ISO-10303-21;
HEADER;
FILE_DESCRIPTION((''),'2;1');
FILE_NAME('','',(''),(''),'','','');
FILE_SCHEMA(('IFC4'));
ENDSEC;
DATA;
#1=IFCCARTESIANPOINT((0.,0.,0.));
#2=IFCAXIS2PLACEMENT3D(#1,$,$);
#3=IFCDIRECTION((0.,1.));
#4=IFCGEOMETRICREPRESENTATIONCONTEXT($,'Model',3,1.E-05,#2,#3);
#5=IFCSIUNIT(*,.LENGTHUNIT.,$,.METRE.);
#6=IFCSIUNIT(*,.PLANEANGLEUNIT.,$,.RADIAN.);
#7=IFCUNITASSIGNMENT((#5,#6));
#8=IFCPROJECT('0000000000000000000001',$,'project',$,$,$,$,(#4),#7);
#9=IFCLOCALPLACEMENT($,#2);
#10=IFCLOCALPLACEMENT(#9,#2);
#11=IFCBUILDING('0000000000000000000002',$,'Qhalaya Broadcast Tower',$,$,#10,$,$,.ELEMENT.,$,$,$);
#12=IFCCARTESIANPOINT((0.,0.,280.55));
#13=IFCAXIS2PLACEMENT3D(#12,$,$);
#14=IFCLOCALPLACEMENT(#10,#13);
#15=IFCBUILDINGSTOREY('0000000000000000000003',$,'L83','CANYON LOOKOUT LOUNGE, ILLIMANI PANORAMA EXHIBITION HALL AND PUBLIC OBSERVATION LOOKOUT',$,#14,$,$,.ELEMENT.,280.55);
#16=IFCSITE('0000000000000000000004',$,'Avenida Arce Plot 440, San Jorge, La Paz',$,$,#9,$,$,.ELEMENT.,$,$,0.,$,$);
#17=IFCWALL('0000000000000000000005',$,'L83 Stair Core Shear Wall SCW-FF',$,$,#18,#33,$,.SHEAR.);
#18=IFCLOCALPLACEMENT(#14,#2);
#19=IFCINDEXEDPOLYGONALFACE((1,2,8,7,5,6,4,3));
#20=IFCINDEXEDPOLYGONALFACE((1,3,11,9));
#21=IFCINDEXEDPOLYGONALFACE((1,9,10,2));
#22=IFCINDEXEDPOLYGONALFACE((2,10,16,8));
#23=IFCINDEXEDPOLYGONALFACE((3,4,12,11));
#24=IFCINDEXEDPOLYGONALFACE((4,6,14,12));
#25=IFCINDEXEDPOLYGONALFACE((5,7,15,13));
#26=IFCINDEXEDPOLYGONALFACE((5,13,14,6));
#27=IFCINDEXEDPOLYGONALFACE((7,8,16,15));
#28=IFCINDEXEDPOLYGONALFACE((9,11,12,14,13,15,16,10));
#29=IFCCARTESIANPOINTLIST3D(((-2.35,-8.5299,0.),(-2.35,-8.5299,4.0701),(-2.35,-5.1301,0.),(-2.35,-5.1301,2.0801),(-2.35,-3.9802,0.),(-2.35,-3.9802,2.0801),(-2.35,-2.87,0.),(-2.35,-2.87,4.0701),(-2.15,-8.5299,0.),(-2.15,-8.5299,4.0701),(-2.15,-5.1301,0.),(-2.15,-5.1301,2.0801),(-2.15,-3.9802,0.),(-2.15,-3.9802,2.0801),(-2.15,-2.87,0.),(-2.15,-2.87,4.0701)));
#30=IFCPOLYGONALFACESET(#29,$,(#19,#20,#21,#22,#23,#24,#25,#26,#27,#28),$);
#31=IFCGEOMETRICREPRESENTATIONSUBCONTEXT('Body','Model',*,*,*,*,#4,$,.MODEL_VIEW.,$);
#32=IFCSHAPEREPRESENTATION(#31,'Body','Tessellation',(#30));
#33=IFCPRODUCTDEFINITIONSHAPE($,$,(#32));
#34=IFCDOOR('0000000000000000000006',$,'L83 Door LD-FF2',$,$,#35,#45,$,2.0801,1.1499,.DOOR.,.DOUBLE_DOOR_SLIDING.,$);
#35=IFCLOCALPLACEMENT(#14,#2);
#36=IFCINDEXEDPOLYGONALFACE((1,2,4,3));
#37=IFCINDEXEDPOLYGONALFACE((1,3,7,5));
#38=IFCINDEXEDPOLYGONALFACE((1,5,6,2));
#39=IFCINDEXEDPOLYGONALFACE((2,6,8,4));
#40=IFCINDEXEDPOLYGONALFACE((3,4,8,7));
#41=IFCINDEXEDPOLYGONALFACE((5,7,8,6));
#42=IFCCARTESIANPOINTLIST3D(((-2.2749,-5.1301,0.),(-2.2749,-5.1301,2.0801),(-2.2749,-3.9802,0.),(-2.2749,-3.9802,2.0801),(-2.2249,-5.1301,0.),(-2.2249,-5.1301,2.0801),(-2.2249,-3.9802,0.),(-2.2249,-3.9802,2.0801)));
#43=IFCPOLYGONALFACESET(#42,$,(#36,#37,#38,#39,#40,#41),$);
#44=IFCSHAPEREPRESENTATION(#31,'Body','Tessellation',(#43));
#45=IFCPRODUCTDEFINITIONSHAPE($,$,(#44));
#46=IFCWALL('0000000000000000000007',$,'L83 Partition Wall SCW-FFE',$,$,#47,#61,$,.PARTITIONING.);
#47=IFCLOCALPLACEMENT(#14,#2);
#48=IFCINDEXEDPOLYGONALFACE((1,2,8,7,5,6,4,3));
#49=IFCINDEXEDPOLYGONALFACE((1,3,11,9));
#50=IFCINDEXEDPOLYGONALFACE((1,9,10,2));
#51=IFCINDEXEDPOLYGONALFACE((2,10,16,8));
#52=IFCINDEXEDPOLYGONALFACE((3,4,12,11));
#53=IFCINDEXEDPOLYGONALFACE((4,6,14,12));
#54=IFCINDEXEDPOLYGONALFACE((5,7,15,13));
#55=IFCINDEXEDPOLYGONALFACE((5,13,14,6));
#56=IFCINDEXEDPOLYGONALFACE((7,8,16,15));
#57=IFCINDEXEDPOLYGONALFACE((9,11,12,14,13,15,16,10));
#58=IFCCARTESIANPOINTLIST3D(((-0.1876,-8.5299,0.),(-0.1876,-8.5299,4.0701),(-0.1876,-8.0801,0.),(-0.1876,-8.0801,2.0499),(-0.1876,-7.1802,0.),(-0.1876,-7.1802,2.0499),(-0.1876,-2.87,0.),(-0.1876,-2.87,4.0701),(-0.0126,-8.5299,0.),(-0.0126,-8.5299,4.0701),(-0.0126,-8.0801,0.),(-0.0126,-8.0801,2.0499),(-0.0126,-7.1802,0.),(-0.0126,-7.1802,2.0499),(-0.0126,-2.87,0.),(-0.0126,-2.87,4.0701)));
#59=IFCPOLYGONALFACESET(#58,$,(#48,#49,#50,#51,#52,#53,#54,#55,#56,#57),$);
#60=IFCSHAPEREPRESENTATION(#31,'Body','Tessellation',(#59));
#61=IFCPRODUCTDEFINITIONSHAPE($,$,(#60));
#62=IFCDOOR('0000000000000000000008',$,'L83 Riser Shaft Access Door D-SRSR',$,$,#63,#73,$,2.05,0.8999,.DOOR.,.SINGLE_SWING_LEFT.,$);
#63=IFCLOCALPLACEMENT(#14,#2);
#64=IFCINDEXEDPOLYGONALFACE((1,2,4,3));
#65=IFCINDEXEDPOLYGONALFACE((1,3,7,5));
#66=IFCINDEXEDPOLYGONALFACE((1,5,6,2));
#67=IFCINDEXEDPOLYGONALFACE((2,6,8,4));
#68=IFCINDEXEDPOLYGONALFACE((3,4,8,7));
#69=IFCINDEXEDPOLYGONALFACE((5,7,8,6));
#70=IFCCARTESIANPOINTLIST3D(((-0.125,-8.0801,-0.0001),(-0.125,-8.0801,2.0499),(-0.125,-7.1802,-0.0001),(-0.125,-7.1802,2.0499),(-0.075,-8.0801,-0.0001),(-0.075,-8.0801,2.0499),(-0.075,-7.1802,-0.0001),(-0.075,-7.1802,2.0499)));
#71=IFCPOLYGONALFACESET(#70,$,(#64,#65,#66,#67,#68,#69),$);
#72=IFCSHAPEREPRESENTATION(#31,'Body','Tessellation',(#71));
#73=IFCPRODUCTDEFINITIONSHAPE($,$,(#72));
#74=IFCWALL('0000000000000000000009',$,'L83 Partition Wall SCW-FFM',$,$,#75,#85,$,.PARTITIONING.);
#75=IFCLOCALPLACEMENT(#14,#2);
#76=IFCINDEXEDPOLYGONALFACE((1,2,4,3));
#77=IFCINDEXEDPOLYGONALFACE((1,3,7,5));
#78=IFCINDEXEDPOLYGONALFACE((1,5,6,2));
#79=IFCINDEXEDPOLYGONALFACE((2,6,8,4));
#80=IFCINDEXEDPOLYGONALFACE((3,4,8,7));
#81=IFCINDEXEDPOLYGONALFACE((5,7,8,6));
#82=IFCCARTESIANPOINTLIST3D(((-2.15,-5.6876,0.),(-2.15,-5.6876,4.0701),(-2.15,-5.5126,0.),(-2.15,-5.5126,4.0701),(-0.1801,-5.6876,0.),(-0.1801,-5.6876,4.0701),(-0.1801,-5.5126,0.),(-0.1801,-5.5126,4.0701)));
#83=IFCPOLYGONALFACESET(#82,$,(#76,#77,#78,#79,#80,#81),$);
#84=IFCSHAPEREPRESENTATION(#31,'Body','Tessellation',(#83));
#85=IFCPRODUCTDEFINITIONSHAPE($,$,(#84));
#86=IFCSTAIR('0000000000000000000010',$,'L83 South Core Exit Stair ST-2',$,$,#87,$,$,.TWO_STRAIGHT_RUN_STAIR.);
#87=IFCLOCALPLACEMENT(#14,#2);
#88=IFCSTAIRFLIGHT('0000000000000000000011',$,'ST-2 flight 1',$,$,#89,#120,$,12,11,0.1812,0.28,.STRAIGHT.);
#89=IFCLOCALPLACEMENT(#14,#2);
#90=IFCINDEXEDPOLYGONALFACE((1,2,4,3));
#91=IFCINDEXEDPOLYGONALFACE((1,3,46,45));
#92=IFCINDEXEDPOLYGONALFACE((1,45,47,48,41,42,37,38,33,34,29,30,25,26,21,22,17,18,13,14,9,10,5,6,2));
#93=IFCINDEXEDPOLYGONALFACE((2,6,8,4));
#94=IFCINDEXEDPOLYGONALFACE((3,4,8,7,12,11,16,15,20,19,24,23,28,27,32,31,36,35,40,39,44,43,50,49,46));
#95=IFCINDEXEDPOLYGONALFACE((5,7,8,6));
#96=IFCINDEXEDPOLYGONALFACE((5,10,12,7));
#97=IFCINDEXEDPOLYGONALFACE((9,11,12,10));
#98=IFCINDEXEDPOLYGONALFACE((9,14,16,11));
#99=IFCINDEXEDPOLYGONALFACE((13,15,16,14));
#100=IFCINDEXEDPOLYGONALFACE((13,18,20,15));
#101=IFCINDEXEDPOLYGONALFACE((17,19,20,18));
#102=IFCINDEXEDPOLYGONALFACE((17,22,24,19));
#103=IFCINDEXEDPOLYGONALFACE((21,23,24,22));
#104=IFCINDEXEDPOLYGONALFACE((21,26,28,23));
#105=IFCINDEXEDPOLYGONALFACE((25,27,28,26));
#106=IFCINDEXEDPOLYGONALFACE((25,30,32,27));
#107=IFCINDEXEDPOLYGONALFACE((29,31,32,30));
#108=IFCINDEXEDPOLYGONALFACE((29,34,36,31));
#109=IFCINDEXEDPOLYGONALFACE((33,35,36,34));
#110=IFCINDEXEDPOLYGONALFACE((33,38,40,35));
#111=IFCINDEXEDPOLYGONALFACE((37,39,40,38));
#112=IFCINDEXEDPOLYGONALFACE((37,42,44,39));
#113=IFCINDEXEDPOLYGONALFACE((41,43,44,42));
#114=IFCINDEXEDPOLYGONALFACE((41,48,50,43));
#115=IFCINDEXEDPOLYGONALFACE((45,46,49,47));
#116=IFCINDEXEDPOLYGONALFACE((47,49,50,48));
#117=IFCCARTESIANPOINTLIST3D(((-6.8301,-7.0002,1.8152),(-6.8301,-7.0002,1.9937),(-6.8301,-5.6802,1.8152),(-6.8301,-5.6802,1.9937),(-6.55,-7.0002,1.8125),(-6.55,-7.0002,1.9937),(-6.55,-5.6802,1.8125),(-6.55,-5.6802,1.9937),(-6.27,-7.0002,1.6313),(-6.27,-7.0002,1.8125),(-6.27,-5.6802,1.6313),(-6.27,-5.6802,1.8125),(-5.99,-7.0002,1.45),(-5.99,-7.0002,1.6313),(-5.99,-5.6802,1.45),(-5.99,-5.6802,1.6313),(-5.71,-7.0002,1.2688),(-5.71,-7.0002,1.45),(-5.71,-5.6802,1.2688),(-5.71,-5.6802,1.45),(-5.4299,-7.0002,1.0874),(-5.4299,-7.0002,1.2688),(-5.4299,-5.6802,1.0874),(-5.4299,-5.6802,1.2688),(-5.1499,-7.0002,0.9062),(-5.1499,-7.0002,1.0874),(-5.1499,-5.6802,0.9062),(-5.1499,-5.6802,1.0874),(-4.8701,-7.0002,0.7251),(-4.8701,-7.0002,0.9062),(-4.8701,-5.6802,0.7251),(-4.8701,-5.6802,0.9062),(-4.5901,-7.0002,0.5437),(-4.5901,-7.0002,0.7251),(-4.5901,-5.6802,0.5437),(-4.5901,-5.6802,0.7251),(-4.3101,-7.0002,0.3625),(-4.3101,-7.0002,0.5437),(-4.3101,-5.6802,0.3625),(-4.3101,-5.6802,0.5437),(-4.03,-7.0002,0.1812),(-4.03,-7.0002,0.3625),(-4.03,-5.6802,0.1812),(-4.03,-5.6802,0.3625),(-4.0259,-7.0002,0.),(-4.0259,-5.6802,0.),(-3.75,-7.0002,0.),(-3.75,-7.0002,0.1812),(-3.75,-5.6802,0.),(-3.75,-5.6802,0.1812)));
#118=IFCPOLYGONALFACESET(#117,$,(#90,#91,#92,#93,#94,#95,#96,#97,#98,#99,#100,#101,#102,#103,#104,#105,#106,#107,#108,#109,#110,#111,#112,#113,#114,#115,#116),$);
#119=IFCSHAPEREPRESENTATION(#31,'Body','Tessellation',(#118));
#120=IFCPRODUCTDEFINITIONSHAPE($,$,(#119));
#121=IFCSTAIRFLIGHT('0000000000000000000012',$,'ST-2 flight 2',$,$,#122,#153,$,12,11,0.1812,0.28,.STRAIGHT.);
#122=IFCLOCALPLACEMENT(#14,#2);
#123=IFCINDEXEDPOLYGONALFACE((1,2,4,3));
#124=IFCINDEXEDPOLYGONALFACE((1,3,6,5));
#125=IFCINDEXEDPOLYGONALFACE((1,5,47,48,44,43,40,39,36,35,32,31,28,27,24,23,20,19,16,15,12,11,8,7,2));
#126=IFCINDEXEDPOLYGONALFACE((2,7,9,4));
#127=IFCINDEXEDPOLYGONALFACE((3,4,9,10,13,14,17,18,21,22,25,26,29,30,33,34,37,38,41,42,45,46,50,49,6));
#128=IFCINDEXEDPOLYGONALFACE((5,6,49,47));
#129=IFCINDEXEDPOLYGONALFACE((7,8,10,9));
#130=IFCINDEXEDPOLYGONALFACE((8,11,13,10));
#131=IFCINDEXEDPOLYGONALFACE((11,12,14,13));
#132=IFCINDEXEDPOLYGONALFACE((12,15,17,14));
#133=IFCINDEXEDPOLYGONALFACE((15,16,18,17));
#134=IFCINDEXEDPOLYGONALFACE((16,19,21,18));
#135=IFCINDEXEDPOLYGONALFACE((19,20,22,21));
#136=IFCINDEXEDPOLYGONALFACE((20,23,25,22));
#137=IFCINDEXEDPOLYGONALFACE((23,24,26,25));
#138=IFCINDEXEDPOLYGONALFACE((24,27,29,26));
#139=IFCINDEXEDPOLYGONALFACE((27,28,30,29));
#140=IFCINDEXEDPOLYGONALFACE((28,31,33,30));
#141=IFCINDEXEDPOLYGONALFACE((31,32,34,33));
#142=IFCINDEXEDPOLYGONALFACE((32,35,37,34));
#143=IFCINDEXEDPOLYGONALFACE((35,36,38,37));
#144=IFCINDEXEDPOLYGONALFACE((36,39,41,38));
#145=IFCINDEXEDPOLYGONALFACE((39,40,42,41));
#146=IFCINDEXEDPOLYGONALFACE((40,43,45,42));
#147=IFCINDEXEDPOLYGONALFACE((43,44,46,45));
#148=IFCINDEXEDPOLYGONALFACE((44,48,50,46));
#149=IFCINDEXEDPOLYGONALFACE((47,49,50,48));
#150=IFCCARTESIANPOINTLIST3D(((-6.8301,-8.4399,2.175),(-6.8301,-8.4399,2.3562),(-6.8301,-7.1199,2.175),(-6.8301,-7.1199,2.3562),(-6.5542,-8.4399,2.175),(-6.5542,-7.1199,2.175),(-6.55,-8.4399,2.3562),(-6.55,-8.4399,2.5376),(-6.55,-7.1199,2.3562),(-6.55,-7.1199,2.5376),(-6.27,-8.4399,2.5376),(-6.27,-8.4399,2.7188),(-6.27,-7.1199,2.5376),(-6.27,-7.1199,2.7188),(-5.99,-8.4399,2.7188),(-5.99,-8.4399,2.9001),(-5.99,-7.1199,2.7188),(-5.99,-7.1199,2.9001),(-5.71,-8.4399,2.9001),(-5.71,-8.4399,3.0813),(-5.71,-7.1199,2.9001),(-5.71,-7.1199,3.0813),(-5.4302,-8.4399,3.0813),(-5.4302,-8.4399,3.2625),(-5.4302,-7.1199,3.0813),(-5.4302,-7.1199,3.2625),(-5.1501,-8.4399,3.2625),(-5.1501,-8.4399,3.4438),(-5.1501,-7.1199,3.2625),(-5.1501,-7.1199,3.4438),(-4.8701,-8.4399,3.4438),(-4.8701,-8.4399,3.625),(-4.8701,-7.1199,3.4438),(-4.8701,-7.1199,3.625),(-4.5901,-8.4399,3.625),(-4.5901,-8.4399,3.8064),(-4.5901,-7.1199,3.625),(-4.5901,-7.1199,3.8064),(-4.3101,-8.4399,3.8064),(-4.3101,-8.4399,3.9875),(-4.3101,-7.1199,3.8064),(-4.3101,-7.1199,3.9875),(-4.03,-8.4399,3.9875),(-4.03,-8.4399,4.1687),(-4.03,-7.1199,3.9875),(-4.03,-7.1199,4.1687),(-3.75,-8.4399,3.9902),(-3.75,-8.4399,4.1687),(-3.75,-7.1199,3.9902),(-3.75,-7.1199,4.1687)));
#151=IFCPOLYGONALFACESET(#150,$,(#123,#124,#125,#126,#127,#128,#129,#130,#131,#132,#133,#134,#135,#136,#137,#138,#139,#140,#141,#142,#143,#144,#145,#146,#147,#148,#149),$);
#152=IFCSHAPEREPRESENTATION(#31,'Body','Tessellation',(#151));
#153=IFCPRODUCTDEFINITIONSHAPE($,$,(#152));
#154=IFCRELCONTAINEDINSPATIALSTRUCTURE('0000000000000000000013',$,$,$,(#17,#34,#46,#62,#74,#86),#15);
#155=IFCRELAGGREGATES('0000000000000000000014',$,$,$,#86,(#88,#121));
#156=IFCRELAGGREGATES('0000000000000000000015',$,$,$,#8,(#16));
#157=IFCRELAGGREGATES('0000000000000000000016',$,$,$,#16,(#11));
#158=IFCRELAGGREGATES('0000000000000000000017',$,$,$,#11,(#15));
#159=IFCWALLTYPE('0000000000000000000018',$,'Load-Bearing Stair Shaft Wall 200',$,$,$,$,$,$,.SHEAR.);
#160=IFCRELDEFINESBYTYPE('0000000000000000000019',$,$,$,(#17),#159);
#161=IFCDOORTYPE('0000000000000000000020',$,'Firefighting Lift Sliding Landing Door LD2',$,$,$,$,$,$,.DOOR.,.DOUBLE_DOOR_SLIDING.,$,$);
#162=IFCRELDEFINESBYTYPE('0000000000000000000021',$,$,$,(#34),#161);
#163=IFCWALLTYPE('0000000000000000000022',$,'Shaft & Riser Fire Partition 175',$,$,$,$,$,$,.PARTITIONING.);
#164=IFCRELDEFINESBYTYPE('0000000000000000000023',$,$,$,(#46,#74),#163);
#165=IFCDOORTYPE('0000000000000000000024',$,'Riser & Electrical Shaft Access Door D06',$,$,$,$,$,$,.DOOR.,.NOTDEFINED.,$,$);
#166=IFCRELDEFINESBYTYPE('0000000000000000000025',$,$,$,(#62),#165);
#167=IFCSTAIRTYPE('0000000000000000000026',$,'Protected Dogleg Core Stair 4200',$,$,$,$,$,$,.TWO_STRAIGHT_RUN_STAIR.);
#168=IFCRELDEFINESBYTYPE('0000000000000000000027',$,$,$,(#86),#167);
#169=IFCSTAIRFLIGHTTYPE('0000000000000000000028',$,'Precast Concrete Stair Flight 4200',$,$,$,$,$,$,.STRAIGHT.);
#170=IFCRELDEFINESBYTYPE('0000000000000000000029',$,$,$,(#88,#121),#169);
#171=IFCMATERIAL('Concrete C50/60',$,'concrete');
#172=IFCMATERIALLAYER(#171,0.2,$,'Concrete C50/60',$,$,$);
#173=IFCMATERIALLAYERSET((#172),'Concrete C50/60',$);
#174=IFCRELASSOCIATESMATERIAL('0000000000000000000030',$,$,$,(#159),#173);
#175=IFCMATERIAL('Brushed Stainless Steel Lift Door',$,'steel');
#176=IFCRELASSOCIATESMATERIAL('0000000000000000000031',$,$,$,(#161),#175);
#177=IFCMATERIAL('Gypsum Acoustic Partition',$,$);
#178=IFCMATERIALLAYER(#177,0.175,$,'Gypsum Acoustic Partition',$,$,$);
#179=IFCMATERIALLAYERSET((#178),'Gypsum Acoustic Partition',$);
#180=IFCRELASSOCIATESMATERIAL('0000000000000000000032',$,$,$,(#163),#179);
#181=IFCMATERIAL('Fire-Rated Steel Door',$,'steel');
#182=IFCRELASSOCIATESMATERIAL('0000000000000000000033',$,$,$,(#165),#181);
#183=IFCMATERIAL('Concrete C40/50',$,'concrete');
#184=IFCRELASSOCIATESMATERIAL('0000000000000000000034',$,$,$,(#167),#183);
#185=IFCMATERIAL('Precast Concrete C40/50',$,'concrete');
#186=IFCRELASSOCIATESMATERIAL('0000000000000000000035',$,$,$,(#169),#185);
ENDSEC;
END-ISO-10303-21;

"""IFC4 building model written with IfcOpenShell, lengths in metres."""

from ifc_helpers import new_model, si_unit, direction, frame, frame_2d, origin, place, context, subcontext, project, spatial, polyline, rectangle, outline, extrude, material, layer, layer_set, type_object, element, fill, aggregate, save


model = new_model("IFC4")

# Units and contexts
model_context = context("Model", 3, precision=1e-05, world=origin(), true_north=direction((0.0, 1.0)))
body_context = subcontext(model_context, "Body", "Model", "MODEL_VIEW")
ifc_project = project(units=[si_unit("LENGTHUNIT", "METRE"), si_unit("PLANEANGLEUNIT", "RADIAN")], contexts=[model_context])

# Site, building, storey
site_placement = place(None, origin())
site = spatial("IfcSite", under=ifc_project, at=site_placement, Name="Avenida Arce Plot 440, San Jorge, La Paz", CompositionType="ELEMENT", RefElevation=0.0)
building_placement = place(site_placement, origin())
building = spatial("IfcBuilding", under=site, at=building_placement, Name="Qhalaya Broadcast Tower", CompositionType="ELEMENT")
storey_placement = place(building_placement, frame((0.0, 0.0, 280.55)))
storey = spatial("IfcBuildingStorey", under=building, at=storey_placement, Name="L83", Description="CANYON LOOKOUT LOUNGE, ILLIMANI PANORAMA EXHIBITION HALL AND PUBLIC OBSERVATION LOOKOUT", CompositionType="ELEMENT", Elevation=280.55)

# Shared definitions
ifc_material_1 = material(Name="Concrete C50/60", Category="concrete")

# Walls, openings, doors
ifc_layer_1 = layer(ifc_material_1, 0.2, Name="Concrete C50/60")
ifc_layer_set_1 = layer_set([ifc_layer_1], Name="Concrete C50/60")
wall_type_1 = type_object("IfcWallType", Name="Load-Bearing Stair Shaft Wall 200", PredefinedType="SHEAR", material=ifc_layer_set_1)
ifc_material_2 = material(Name="Fire-Rated Steel Door", Category="steel")
wall_1_placement = place(storey_placement, frame((-2.25, -8.53, 0.0), z_axis=(0.0, 0.0, 1.0), x_axis=(0.0, 1.0, 0.0)))
wall_1 = element("IfcWall", 1, at=wall_1_placement, inside=storey, type_object=wall_type_1, Name="L83 Stair Core Shear Wall SCW-FF", PredefinedType="SHEAR", context=body_context, shape_type="SweptSolid", body=[
    extrude(rectangle(XDim=5.6599, YDim=0.2, at=frame_2d((2.8301, 0.0))), origin(), (0.0, 0.0, 1.0), 4.0701),
])
opening_1_placement = place(wall_1_placement, frame((3.3999, 0.0, 0.0)))
opening_1 = element("IfcOpeningElement", 2, at=opening_1_placement, cuts=wall_1, PredefinedType="OPENING", context=body_context, shape_type="SweptSolid", body=[
    extrude(rectangle(XDim=1.1499, YDim=2.0801, at=frame_2d((0.575, 1.04))), frame((0.0, 0.1121, 0.0), z_axis=(0.0, -1.0, 0.0), x_axis=(1.0, 0.0, 0.0)), (0.0, 0.0, 1.0), 0.2239),
])
ifc_material_3 = material(Name="Brushed Stainless Steel Lift Door", Category="steel")
door_type_1 = type_object("IfcDoorType", Name="Firefighting Lift Sliding Landing Door LD2", OperationType="DOUBLE_DOOR_SLIDING", PredefinedType="DOOR", material=ifc_material_3)
door_1_placement = place(opening_1_placement, origin())
door_1 = element("IfcDoor", 3, at=door_1_placement, inside=storey, type_object=door_type_1, Name="L83 Door LD-FF2", OperationType="DOUBLE_DOOR_SLIDING", OverallHeight=2.0801, OverallWidth=1.1499, PredefinedType="DOOR", context=body_context, shape_type="SweptSolid", body=[
    extrude(rectangle(XDim=1.1499, YDim=2.0801, at=frame_2d((0.575, 1.04))), frame((0.0, 0.0249, 0.0), z_axis=(0.0, -1.0, 0.0), x_axis=(1.0, 0.0, 0.0)), (0.0, 0.0, 1.0), 0.05),
])
fill(opening_1, door_1)
ifc_material_4 = material(Name="Gypsum Acoustic Partition")
ifc_layer_2 = layer(ifc_material_4, 0.175, Name="Gypsum Acoustic Partition")
ifc_layer_set_2 = layer_set([ifc_layer_2], Name="Gypsum Acoustic Partition")
wall_type_2 = type_object("IfcWallType", Name="Shaft & Riser Fire Partition 175", PredefinedType="PARTITIONING", material=ifc_layer_set_2)
wall_2_placement = place(storey_placement, frame((-0.1001, -8.53, 0.0), z_axis=(0.0, 0.0, 1.0), x_axis=(0.0, 1.0, 0.0)))
wall_2 = element("IfcWall", 4, at=wall_2_placement, inside=storey, type_object=wall_type_2, Name="L83 Partition Wall SCW-FFE", PredefinedType="PARTITIONING", context=body_context, shape_type="SweptSolid", body=[
    extrude(rectangle(XDim=5.6599, YDim=0.175, at=frame_2d((2.8301, 0.0))), origin(), (0.0, 0.0, 1.0), 4.0701),
])
opening_2_placement = place(wall_2_placement, frame((0.45, 0.0, 0.0)))
opening_2 = element("IfcOpeningElement", 5, at=opening_2_placement, cuts=wall_2, PredefinedType="OPENING", context=body_context, shape_type="SweptSolid", body=[
    extrude(rectangle(XDim=0.8999, YDim=2.05, at=frame_2d((0.45, 1.0249))), frame((0.0, 0.0996, 0.0), z_axis=(0.0, -1.0, 0.0), x_axis=(1.0, 0.0, 0.0)), (0.0, 0.0, 1.0), 0.199),
])
door_type_2 = type_object("IfcDoorType", Name="Riser & Electrical Shaft Access Door D06", OperationType="NOTDEFINED", PredefinedType="DOOR", material=ifc_material_2)
door_2_placement = place(opening_2_placement, origin())
door_2 = element("IfcDoor", 6, at=door_2_placement, inside=storey, type_object=door_type_2, Name="L83 Riser Shaft Access Door D-SRSR", OperationType="SINGLE_SWING_LEFT", OverallHeight=2.05, OverallWidth=0.8999, PredefinedType="DOOR", context=body_context, shape_type="SweptSolid", body=[
    extrude(rectangle(XDim=0.8999, YDim=2.05, at=frame_2d((0.45, 1.0249))), frame((0.0, 0.0249, 0.0), z_axis=(0.0, -1.0, 0.0), x_axis=(1.0, 0.0, 0.0)), (0.0, 0.0, 1.0), 0.05),
])
fill(opening_2, door_2)

# Wall
wall_3_placement = place(storey_placement, frame((-2.1499, -5.6001, 0.0), z_axis=(0.0, 0.0, 1.0), x_axis=(1.0, 0.0, 0.0)))
element("IfcWall", 7, at=wall_3_placement, inside=storey, type_object=wall_type_2, Name="L83 Partition Wall SCW-FFM", PredefinedType="PARTITIONING", context=body_context, shape_type="SweptSolid", body=[
    extrude(rectangle(XDim=1.97, YDim=0.175, at=frame_2d((0.9849, 0.0))), origin(), (0.0, 0.0, 1.0), 4.0701),
])

# Stair, stair flights
ifc_material_5 = material(Name="Concrete C40/50", Category="concrete")
stair_type = type_object("IfcStairType", Name="Protected Dogleg Core Stair 4200", PredefinedType="TWO_STRAIGHT_RUN_STAIR", material=ifc_material_5)
stair_placement = place(storey_placement, origin())
stair = element("IfcStair", 8, at=stair_placement, inside=storey, type_object=stair_type, Name="L83 South Core Exit Stair ST-2", PredefinedType="TWO_STRAIGHT_RUN_STAIR")
ifc_material_6 = material(Name="Precast Concrete C40/50", Category="concrete")
stair_flight_type = type_object("IfcStairFlightType", Name="Precast Concrete Stair Flight 4200", PredefinedType="STRAIGHT", material=ifc_material_6)
stair_flight_1_placement = place(storey_placement, frame((-3.75, -6.3401, 0.0), z_axis=(0.0, 0.0, 1.0), x_axis=(-1.0, 0.0, 0.0)))
stair_flight_1 = element("IfcStairFlight", 9, at=stair_flight_1_placement, type_object=stair_flight_type, Name="ST-2 flight 1", NumberOfRisers=12, NumberOfTreads=11, PredefinedType="STRAIGHT", RiserHeight=0.1812, TreadLength=0.28, context=body_context, shape_type="SweptSolid", body=[
    extrude(outline(polyline([(0.0, 0.0), (0.0, 0.1812), (0.28, 0.1812), (0.28, 0.3625), (0.5601, 0.3625), (0.5601, 0.5437), (0.8401, 0.5437), (0.8401, 0.7251), (1.1201, 0.7251), (1.1201, 0.9062), (1.3999, 0.9062), (1.3999, 1.0874), (1.6799, 1.0874), (1.6799, 1.2688), (1.96, 1.2688), (1.96, 1.45), (2.24, 1.45), (2.24, 1.6313), (2.52, 1.6313), (2.52, 1.8125), (2.8, 1.8125), (2.8, 1.9937), (3.0801, 1.9937), (3.0801, 2.175), (3.0801, 1.8152), (0.2759, 0.0), (0.0, 0.0)])), frame((0.0, 0.6602, 0.0), z_axis=(0.0, -1.0, 0.0), x_axis=(1.0, 0.0, 0.0)), (0.0, 0.0, 1.0), 1.3201),
])
stair_flight_2_placement = place(storey_placement, frame((-6.8301, -7.78, 2.175), z_axis=(0.0, 0.0, 1.0), x_axis=(1.0, 0.0, 0.0)))
stair_flight_2 = element("IfcStairFlight", 10, at=stair_flight_2_placement, type_object=stair_flight_type, Name="ST-2 flight 2", NumberOfRisers=12, NumberOfTreads=11, PredefinedType="STRAIGHT", RiserHeight=0.1812, TreadLength=0.28, context=body_context, shape_type="SweptSolid", body=[
    extrude(outline(polyline([(0.0, 0.0), (0.0, 0.1812), (0.28, 0.1812), (0.28, 0.3625), (0.5601, 0.3625), (0.5601, 0.5437), (0.8401, 0.5437), (0.8401, 0.7251), (1.1201, 0.7251), (1.1201, 0.9062), (1.3999, 0.9062), (1.3999, 1.0874), (1.6799, 1.0874), (1.6799, 1.2688), (1.96, 1.2688), (1.96, 1.45), (2.24, 1.45), (2.24, 1.6313), (2.52, 1.6313), (2.52, 1.8125), (2.8, 1.8125), (2.8, 1.9937), (3.0801, 1.9937), (3.0801, 2.175), (3.0801, 1.8152), (0.2759, 0.0), (0.0, 0.0)])), frame((0.0, 0.6602, 0.0), z_axis=(0.0, -1.0, 0.0), x_axis=(1.0, 0.0, 0.0)), (0.0, 0.0, 1.0), 1.3201),
])
aggregate(stair, [stair_flight_1, stair_flight_2])

save(model, "model.ifc")
